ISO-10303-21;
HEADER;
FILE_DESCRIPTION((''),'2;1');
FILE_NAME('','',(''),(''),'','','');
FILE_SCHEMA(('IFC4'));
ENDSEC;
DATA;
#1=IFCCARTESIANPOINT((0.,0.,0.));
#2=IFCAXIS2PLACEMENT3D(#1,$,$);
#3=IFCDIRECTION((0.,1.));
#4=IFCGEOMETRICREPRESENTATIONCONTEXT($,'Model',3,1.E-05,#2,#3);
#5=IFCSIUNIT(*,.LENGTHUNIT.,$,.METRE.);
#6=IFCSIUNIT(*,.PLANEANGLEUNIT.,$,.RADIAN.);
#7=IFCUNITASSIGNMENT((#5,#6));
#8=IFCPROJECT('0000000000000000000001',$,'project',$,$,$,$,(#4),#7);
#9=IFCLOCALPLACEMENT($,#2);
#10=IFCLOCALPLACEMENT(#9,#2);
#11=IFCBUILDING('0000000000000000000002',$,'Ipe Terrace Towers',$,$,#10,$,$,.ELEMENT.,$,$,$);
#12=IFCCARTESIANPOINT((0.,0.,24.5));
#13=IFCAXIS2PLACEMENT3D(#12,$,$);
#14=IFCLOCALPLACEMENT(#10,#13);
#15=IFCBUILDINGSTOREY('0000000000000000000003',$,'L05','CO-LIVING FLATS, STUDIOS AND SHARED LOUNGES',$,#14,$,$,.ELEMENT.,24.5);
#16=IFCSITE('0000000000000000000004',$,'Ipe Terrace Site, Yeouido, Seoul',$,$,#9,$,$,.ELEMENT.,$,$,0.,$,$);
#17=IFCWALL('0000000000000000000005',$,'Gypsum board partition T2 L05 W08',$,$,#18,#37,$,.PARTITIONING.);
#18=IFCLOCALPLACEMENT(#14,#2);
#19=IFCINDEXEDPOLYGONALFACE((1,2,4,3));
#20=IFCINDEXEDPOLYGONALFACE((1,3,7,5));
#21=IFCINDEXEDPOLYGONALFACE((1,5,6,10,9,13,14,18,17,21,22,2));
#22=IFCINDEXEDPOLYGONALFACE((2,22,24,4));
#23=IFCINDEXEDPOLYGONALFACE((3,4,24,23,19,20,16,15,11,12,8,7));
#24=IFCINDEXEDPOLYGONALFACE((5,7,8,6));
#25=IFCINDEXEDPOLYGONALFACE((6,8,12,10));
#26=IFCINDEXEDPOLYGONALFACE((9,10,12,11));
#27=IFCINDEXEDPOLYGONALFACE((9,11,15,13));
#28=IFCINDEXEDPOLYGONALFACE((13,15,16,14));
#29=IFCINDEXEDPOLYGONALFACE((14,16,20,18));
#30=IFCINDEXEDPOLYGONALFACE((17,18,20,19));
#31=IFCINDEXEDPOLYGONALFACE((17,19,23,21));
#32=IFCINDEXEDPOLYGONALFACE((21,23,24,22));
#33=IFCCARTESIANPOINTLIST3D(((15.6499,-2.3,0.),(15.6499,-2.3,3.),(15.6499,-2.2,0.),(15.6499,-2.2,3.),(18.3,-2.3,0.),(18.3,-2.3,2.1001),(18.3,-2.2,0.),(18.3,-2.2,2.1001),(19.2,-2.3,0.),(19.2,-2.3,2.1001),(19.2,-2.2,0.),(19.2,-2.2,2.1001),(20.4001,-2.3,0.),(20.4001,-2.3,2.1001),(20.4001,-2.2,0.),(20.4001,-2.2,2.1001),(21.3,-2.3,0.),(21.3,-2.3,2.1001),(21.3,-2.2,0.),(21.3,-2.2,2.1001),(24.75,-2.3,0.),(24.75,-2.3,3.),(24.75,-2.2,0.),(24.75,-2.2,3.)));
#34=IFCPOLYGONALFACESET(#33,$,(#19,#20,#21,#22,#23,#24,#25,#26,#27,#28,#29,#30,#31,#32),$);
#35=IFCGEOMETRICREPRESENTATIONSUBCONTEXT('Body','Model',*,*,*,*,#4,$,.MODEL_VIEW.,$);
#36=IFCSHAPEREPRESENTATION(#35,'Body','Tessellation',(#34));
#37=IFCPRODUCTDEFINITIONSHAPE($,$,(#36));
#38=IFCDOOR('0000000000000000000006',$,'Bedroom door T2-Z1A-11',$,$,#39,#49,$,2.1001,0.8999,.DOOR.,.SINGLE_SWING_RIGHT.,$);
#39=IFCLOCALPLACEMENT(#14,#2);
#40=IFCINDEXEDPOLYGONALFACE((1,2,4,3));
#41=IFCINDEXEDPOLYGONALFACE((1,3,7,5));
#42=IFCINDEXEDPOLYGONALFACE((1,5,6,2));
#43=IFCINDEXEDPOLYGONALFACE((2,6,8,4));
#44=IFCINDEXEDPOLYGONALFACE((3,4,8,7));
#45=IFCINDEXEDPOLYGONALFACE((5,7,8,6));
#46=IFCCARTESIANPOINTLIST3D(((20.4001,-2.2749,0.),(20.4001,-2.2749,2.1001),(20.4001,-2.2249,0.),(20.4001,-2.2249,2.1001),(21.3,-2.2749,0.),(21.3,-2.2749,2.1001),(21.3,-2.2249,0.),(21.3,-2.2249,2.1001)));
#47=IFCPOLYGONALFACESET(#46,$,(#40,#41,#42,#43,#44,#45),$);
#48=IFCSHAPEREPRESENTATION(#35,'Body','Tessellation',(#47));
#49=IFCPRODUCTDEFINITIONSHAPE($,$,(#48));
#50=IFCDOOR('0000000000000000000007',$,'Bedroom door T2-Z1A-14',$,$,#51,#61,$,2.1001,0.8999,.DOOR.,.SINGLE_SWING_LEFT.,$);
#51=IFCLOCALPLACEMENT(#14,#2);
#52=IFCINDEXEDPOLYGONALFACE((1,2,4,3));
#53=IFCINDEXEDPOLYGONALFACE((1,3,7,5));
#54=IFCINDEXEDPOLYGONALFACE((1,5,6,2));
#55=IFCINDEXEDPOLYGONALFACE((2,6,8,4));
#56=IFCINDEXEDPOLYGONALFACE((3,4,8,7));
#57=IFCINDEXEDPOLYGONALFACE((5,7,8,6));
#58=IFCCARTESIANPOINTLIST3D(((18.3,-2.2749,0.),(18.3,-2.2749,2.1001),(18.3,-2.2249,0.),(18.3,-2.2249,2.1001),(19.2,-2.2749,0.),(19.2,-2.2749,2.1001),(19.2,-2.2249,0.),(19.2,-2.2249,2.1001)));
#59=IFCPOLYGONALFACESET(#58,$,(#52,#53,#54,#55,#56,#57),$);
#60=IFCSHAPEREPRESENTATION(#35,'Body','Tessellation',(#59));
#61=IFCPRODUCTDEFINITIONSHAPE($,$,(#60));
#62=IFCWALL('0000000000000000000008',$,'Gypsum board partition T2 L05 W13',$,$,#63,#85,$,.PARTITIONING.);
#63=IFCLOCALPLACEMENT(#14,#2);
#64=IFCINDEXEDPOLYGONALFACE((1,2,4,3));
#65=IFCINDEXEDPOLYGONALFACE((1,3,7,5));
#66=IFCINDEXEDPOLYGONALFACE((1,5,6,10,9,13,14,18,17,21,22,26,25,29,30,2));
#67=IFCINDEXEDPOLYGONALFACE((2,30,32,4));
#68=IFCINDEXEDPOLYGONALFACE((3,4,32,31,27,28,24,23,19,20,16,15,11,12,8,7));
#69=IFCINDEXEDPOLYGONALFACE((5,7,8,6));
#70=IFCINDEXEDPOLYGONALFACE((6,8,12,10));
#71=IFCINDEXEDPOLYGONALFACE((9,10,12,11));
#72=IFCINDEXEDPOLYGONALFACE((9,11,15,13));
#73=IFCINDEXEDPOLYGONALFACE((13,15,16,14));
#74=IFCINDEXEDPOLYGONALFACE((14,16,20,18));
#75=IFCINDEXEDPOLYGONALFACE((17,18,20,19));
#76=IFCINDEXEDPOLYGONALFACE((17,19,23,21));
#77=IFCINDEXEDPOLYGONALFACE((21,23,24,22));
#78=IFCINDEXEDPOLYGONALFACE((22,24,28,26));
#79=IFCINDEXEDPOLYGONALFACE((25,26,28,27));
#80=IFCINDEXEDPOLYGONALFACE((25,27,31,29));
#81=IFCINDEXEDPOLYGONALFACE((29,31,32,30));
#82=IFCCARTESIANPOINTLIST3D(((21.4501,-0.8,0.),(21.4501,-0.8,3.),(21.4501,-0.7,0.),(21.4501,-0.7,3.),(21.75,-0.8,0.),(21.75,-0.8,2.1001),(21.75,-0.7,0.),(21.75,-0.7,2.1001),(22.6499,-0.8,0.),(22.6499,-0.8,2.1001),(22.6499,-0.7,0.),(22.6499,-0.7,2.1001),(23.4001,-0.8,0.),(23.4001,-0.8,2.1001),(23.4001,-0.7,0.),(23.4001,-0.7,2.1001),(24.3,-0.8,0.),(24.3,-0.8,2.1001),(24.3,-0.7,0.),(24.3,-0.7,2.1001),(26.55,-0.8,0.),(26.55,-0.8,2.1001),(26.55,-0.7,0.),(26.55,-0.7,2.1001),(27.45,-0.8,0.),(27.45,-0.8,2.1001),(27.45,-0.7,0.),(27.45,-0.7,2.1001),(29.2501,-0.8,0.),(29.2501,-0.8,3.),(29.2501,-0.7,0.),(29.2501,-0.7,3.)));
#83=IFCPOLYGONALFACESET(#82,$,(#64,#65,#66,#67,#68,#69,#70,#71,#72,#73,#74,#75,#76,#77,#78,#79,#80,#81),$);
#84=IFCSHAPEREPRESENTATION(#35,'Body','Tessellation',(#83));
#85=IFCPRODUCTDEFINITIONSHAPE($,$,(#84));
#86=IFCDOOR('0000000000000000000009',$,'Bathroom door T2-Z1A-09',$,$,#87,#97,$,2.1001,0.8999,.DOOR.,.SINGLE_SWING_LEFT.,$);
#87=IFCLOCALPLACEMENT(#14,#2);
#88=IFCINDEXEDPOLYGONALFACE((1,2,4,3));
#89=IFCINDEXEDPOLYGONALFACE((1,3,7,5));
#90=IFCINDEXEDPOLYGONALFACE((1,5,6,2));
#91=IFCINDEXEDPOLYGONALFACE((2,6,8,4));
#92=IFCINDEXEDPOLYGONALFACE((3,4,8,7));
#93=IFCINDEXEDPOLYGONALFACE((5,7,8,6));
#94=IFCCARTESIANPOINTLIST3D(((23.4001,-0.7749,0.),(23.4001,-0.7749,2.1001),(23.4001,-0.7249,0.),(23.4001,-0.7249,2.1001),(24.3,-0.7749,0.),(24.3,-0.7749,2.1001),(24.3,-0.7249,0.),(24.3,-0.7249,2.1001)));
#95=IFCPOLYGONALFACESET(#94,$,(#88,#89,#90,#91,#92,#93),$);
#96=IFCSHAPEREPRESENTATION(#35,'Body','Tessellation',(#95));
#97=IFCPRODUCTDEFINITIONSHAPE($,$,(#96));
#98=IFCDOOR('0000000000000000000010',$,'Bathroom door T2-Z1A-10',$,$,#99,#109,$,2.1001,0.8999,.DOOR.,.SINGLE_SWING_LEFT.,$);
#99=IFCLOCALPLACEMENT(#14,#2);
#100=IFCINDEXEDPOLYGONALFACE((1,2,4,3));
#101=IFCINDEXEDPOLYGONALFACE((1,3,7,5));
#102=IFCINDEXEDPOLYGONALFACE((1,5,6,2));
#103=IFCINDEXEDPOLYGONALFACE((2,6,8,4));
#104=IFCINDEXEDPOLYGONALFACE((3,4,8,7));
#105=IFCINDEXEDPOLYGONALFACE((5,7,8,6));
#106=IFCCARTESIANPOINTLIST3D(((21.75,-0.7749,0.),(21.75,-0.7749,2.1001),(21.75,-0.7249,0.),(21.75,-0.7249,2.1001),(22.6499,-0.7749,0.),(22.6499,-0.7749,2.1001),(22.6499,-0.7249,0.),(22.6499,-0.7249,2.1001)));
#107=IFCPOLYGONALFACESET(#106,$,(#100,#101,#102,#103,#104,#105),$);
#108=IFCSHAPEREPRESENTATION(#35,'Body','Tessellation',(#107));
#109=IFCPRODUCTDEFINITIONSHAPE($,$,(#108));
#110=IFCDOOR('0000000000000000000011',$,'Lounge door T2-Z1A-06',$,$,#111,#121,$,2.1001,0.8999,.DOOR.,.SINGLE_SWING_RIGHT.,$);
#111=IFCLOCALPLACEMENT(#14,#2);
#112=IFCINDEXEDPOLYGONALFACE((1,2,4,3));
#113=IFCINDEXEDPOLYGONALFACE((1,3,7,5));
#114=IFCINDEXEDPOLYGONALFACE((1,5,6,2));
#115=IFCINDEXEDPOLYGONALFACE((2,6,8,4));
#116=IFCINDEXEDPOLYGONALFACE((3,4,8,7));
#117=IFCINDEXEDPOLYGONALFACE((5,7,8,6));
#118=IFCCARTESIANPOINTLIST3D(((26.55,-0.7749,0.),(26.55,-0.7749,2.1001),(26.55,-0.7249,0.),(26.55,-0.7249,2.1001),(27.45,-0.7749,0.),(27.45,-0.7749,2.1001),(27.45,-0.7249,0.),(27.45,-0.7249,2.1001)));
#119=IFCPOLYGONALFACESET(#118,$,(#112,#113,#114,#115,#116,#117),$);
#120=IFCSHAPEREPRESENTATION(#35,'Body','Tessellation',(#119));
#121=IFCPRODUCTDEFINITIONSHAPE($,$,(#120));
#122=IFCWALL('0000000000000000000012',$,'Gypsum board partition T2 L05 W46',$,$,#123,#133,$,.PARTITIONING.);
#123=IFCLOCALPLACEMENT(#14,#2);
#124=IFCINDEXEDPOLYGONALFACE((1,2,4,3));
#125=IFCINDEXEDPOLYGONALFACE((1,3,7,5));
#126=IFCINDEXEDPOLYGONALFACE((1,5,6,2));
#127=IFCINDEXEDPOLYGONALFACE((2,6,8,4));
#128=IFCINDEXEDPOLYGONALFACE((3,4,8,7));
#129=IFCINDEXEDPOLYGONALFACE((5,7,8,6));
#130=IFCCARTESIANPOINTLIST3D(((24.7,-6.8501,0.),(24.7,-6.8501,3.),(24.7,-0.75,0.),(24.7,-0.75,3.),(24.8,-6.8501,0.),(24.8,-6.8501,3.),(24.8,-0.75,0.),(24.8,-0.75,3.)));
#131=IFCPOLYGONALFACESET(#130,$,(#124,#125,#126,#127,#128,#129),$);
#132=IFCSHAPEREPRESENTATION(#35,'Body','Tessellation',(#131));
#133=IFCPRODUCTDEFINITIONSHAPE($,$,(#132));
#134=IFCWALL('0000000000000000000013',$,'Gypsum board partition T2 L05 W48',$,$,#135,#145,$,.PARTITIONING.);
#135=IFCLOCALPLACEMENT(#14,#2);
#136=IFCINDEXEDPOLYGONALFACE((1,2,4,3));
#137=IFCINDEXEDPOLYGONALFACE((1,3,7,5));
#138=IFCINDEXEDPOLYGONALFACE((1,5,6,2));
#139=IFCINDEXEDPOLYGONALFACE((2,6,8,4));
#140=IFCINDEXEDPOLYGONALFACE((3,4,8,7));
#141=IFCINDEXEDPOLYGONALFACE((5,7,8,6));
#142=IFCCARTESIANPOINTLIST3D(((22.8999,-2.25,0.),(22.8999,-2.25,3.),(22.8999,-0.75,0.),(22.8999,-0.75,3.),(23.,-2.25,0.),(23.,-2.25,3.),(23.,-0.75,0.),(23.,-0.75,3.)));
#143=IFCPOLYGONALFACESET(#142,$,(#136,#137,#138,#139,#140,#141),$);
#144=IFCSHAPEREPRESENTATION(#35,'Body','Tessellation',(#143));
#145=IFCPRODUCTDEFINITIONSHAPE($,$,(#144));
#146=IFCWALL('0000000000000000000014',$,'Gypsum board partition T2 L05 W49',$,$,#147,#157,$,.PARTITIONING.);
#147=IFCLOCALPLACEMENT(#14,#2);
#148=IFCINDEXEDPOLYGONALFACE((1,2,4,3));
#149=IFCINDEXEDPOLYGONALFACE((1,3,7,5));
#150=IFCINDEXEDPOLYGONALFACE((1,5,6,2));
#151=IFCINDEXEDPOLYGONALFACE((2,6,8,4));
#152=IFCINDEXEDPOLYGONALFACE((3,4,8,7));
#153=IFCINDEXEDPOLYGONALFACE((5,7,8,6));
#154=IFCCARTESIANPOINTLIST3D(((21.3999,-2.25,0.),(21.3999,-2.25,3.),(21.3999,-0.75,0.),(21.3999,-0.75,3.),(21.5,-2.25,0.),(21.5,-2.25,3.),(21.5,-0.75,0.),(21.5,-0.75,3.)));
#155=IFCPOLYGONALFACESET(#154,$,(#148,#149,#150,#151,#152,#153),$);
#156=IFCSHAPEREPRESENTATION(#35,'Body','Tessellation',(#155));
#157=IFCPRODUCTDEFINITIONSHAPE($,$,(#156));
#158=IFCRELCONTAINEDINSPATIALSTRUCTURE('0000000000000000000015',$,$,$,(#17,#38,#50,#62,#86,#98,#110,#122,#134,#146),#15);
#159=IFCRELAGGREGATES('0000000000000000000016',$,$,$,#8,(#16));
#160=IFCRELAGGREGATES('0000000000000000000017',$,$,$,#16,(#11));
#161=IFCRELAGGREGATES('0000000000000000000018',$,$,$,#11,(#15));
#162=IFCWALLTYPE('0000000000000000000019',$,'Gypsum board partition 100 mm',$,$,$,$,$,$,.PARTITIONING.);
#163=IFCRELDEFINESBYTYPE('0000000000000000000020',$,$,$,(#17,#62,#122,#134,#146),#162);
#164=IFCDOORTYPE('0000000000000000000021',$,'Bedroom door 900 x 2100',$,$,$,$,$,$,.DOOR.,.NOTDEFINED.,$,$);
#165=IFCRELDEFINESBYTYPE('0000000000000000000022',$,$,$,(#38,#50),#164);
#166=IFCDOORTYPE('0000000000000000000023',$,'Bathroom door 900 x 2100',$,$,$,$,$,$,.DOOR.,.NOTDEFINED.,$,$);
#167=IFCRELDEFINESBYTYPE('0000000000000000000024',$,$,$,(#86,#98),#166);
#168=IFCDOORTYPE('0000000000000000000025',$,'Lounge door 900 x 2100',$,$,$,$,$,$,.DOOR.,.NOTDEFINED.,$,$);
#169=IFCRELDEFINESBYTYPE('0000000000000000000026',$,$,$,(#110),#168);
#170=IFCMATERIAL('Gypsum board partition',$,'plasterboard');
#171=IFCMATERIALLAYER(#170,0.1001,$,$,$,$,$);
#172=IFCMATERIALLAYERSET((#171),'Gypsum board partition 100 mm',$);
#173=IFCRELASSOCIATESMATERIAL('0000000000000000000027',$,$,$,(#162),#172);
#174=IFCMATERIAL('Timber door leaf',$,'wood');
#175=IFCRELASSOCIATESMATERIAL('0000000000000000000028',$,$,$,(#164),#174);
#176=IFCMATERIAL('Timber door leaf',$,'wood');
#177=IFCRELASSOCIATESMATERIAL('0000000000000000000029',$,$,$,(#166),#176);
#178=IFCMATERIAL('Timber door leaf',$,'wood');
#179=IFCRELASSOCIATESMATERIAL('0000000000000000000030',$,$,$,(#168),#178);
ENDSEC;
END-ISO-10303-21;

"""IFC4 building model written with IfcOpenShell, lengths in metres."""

from ifc_helpers import new_model, si_unit, direction, frame, frame_2d, origin, place, context, subcontext, project, spatial, rectangle, extrude, material, layer, layer_set, type_object, element, fill, save


model = new_model("IFC4")

# Units and contexts
model_context = context("Model", 3, precision=1e-05, world=origin(), true_north=direction((0.0, 1.0)))
body_context = subcontext(model_context, "Body", "Model", "MODEL_VIEW")
ifc_project = project(units=[si_unit("LENGTHUNIT", "METRE"), si_unit("PLANEANGLEUNIT", "RADIAN")], contexts=[model_context])

# Site, building, storey
site_placement = place(None, origin())
site = spatial("IfcSite", under=ifc_project, at=site_placement, Name="Ipe Terrace Site, Yeouido, Seoul", CompositionType="ELEMENT", RefElevation=0.0)
building_placement = place(site_placement, origin())
building = spatial("IfcBuilding", under=site, at=building_placement, Name="Ipe Terrace Towers", CompositionType="ELEMENT")
storey_placement = place(building_placement, frame((0.0, 0.0, 24.5)))
storey = spatial("IfcBuildingStorey", under=building, at=storey_placement, Name="L05", Description="CO-LIVING FLATS, STUDIOS AND SHARED LOUNGES", CompositionType="ELEMENT", Elevation=24.5)

# Walls, openings, doors
ifc_material_1 = material(Name="Gypsum board partition", Category="plasterboard")
ifc_layer_1 = layer(ifc_material_1, 0.1001)
ifc_layer_set_1 = layer_set([ifc_layer_1], Name="Gypsum board partition 100 mm")
wall_type_1 = type_object("IfcWallType", Name="Gypsum board partition 100 mm", PredefinedType="PARTITIONING", material=ifc_layer_set_1)
wall_1_placement = place(storey_placement, frame((24.75, -2.25, 0.0), z_axis=(0.0, 0.0, 1.0), x_axis=(-1.0, 0.0, 0.0)))
wall_1 = element("IfcWall", 1, at=wall_1_placement, inside=storey, type_object=wall_type_1, Name="Gypsum board partition T2 L05 W08", PredefinedType="PARTITIONING", context=body_context, shape_type="SweptSolid", body=[
    extrude(rectangle(XDim=9.1001, YDim=0.1001, at=frame_2d((4.55, 0.0))), origin(), (0.0, 0.0, 1.0), 3.0),
])
opening_1_placement = place(wall_1_placement, frame((3.45, 0.0, 0.0)))
opening_1 = element("IfcOpeningElement", 2, at=opening_1_placement, cuts=wall_1, PredefinedType="OPENING", context=body_context, shape_type="SweptSolid", body=[
    extrude(rectangle(XDim=0.8999, YDim=2.1001, at=frame_2d((0.45, 1.05))), frame((0.0, 0.0601, 0.0), z_axis=(0.0, -1.0, 0.0), x_axis=(1.0, 0.0, 0.0)), (0.0, 0.0, 1.0), 0.1201),
])
opening_2_placement = place(wall_1_placement, frame((5.55, 0.0, 0.0)))
opening_2 = element("IfcOpeningElement", 3, at=opening_2_placement, cuts=wall_1, PredefinedType="OPENING", context=body_context, shape_type="SweptSolid", body=[
    extrude(rectangle(XDim=0.8999, YDim=2.1001, at=frame_2d((0.45, 1.05))), frame((0.0, 0.0601, 0.0), z_axis=(0.0, -1.0, 0.0), x_axis=(1.0, 0.0, 0.0)), (0.0, 0.0, 1.0), 0.1201),
])
ifc_material_2 = material(Name="Timber door leaf", Category="wood")
door_type_1 = type_object("IfcDoorType", Name="Bedroom door 900 x 2100", OperationType="NOTDEFINED", PredefinedType="DOOR", material=ifc_material_2)
door_1_placement = place(opening_1_placement, origin())
door_1 = element("IfcDoor", 4, at=door_1_placement, inside=storey, type_object=door_type_1, Name="Bedroom door T2-Z1A-11", OperationType="SINGLE_SWING_RIGHT", OverallHeight=2.1001, OverallWidth=0.8999, PredefinedType="DOOR", context=body_context, shape_type="SweptSolid", body=[
    extrude(rectangle(XDim=0.8999, YDim=2.1001, at=frame_2d((0.45, 1.05))), frame((0.0, 0.0249, 0.0), z_axis=(0.0, -1.0, 0.0), x_axis=(1.0, 0.0, 0.0)), (0.0, 0.0, 1.0), 0.05),
])
fill(opening_1, door_1)
door_2_placement = place(opening_2_placement, origin())
door_2 = element("IfcDoor", 5, at=door_2_placement, inside=storey, type_object=door_type_1, Name="Bedroom door T2-Z1A-14", OperationType="SINGLE_SWING_LEFT", OverallHeight=2.1001, OverallWidth=0.8999, PredefinedType="DOOR", context=body_context, shape_type="SweptSolid", body=[
    extrude(rectangle(XDim=0.8999, YDim=2.1001, at=frame_2d((0.45, 1.05))), frame((0.0, 0.0249, 0.0), z_axis=(0.0, -1.0, 0.0), x_axis=(1.0, 0.0, 0.0)), (0.0, 0.0, 1.0), 0.05),
])
fill(opening_2, door_2)
wall_2_placement = place(storey_placement, frame((29.25, -0.75, 0.0), z_axis=(0.0, 0.0, 1.0), x_axis=(-1.0, 0.0, 0.0)))
wall_2 = element("IfcWall", 6, at=wall_2_placement, inside=storey, type_object=wall_type_1, Name="Gypsum board partition T2 L05 W13", PredefinedType="PARTITIONING", context=body_context, shape_type="SweptSolid", body=[
    extrude(rectangle(XDim=7.8, YDim=0.1001, at=frame_2d((3.8999, 0.0))), origin(), (0.0, 0.0, 1.0), 3.0),
])
opening_3_placement = place(wall_2_placement, frame((1.8, 0.0, 0.0)))
opening_3 = element("IfcOpeningElement", 7, at=opening_3_placement, cuts=wall_2, PredefinedType="OPENING", context=body_context, shape_type="SweptSolid", body=[
    extrude(rectangle(XDim=0.8999, YDim=2.1001, at=frame_2d((0.45, 1.05))), frame((0.0, 0.0601, 0.0), z_axis=(0.0, -1.0, 0.0), x_axis=(1.0, 0.0, 0.0)), (0.0, 0.0, 1.0), 0.1201),
])
opening_4_placement = place(wall_2_placement, frame((4.95, 0.0, 0.0)))
opening_4 = element("IfcOpeningElement", 8, at=opening_4_placement, cuts=wall_2, PredefinedType="OPENING", context=body_context, shape_type="SweptSolid", body=[
    extrude(rectangle(XDim=0.8999, YDim=2.1001, at=frame_2d((0.45, 1.05))), frame((0.0, 0.0601, 0.0), z_axis=(0.0, -1.0, 0.0), x_axis=(1.0, 0.0, 0.0)), (0.0, 0.0, 1.0), 0.1201),
])
opening_5_placement = place(wall_2_placement, frame((6.6001, 0.0, 0.0)))
opening_5 = element("IfcOpeningElement", 9, at=opening_5_placement, cuts=wall_2, PredefinedType="OPENING", context=body_context, shape_type="SweptSolid", body=[
    extrude(rectangle(XDim=0.8999, YDim=2.1001, at=frame_2d((0.45, 1.05))), frame((0.0, 0.0601, 0.0), z_axis=(0.0, -1.0, 0.0), x_axis=(1.0, 0.0, 0.0)), (0.0, 0.0, 1.0), 0.1201),
])
ifc_material_3 = material(Name="Timber door leaf", Category="wood")
door_type_2 = type_object("IfcDoorType", Name="Bathroom door 900 x 2100", OperationType="NOTDEFINED", PredefinedType="DOOR", material=ifc_material_3)
door_3_placement = place(opening_4_placement, origin())
door_3 = element("IfcDoor", 10, at=door_3_placement, inside=storey, type_object=door_type_2, Name="Bathroom door T2-Z1A-09", OperationType="SINGLE_SWING_LEFT", OverallHeight=2.1001, OverallWidth=0.8999, PredefinedType="DOOR", context=body_context, shape_type="SweptSolid", body=[
    extrude(rectangle(XDim=0.8999, YDim=2.1001, at=frame_2d((0.45, 1.05))), frame((0.0, 0.0249, 0.0), z_axis=(0.0, -1.0, 0.0), x_axis=(1.0, 0.0, 0.0)), (0.0, 0.0, 1.0), 0.05),
])
fill(opening_4, door_3)
door_4_placement = place(opening_5_placement, origin())
door_4 = element("IfcDoor", 11, at=door_4_placement, inside=storey, type_object=door_type_2, Name="Bathroom door T2-Z1A-10", OperationType="SINGLE_SWING_LEFT", OverallHeight=2.1001, OverallWidth=0.8999, PredefinedType="DOOR", context=body_context, shape_type="SweptSolid", body=[
    extrude(rectangle(XDim=0.8999, YDim=2.1001, at=frame_2d((0.45, 1.05))), frame((0.0, 0.0249, 0.0), z_axis=(0.0, -1.0, 0.0), x_axis=(1.0, 0.0, 0.0)), (0.0, 0.0, 1.0), 0.05),
])
fill(opening_5, door_4)
ifc_material_4 = material(Name="Timber door leaf", Category="wood")
door_type_3 = type_object("IfcDoorType", Name="Lounge door 900 x 2100", OperationType="NOTDEFINED", PredefinedType="DOOR", material=ifc_material_4)
door_5_placement = place(opening_3_placement, origin())
door_5 = element("IfcDoor", 12, at=door_5_placement, inside=storey, type_object=door_type_3, Name="Lounge door T2-Z1A-06", OperationType="SINGLE_SWING_RIGHT", OverallHeight=2.1001, OverallWidth=0.8999, PredefinedType="DOOR", context=body_context, shape_type="SweptSolid", body=[
    extrude(rectangle(XDim=0.8999, YDim=2.1001, at=frame_2d((0.45, 1.05))), frame((0.0, 0.0249, 0.0), z_axis=(0.0, -1.0, 0.0), x_axis=(1.0, 0.0, 0.0)), (0.0, 0.0, 1.0), 0.05),
])
fill(opening_3, door_5)

# Walls
wall_3_placement = place(storey_placement, frame((24.75, -6.8501, 0.0), z_axis=(0.0, 0.0, 1.0), x_axis=(0.0, 1.0, 0.0)))
element("IfcWall", 13, at=wall_3_placement, inside=storey, type_object=wall_type_1, Name="Gypsum board partition T2 L05 W46", PredefinedType="PARTITIONING", context=body_context, shape_type="SweptSolid", body=[
    extrude(rectangle(XDim=6.1001, YDim=0.1001, at=frame_2d((3.05, 0.0))), origin(), (0.0, 0.0, 1.0), 3.0),
])
for number, where, z_axis, x_axis, name in (
    (14, (22.95, -2.25, 0.0), (0.0, 0.0, 1.0), (0.0, 1.0, 0.0), "Gypsum board partition T2 L05 W48"),
    (15, (21.45, -2.25, 0.0), (0.0, 0.0, 1.0), (0.0, 1.0, 0.0), "Gypsum board partition T2 L05 W49"),
):
    element("IfcWall", number, at=place(storey_placement, frame(where, z_axis=z_axis, x_axis=x_axis)), inside=storey, type_object=wall_type_1, Name=name, PredefinedType="PARTITIONING", context=body_context, shape_type="SweptSolid", body=[
        extrude(rectangle(XDim=1.5, YDim=0.1001, at=frame_2d((0.75, 0.0))), origin(), (0.0, 0.0, 1.0), 3.0),
    ])

save(model, "model.ifc")
